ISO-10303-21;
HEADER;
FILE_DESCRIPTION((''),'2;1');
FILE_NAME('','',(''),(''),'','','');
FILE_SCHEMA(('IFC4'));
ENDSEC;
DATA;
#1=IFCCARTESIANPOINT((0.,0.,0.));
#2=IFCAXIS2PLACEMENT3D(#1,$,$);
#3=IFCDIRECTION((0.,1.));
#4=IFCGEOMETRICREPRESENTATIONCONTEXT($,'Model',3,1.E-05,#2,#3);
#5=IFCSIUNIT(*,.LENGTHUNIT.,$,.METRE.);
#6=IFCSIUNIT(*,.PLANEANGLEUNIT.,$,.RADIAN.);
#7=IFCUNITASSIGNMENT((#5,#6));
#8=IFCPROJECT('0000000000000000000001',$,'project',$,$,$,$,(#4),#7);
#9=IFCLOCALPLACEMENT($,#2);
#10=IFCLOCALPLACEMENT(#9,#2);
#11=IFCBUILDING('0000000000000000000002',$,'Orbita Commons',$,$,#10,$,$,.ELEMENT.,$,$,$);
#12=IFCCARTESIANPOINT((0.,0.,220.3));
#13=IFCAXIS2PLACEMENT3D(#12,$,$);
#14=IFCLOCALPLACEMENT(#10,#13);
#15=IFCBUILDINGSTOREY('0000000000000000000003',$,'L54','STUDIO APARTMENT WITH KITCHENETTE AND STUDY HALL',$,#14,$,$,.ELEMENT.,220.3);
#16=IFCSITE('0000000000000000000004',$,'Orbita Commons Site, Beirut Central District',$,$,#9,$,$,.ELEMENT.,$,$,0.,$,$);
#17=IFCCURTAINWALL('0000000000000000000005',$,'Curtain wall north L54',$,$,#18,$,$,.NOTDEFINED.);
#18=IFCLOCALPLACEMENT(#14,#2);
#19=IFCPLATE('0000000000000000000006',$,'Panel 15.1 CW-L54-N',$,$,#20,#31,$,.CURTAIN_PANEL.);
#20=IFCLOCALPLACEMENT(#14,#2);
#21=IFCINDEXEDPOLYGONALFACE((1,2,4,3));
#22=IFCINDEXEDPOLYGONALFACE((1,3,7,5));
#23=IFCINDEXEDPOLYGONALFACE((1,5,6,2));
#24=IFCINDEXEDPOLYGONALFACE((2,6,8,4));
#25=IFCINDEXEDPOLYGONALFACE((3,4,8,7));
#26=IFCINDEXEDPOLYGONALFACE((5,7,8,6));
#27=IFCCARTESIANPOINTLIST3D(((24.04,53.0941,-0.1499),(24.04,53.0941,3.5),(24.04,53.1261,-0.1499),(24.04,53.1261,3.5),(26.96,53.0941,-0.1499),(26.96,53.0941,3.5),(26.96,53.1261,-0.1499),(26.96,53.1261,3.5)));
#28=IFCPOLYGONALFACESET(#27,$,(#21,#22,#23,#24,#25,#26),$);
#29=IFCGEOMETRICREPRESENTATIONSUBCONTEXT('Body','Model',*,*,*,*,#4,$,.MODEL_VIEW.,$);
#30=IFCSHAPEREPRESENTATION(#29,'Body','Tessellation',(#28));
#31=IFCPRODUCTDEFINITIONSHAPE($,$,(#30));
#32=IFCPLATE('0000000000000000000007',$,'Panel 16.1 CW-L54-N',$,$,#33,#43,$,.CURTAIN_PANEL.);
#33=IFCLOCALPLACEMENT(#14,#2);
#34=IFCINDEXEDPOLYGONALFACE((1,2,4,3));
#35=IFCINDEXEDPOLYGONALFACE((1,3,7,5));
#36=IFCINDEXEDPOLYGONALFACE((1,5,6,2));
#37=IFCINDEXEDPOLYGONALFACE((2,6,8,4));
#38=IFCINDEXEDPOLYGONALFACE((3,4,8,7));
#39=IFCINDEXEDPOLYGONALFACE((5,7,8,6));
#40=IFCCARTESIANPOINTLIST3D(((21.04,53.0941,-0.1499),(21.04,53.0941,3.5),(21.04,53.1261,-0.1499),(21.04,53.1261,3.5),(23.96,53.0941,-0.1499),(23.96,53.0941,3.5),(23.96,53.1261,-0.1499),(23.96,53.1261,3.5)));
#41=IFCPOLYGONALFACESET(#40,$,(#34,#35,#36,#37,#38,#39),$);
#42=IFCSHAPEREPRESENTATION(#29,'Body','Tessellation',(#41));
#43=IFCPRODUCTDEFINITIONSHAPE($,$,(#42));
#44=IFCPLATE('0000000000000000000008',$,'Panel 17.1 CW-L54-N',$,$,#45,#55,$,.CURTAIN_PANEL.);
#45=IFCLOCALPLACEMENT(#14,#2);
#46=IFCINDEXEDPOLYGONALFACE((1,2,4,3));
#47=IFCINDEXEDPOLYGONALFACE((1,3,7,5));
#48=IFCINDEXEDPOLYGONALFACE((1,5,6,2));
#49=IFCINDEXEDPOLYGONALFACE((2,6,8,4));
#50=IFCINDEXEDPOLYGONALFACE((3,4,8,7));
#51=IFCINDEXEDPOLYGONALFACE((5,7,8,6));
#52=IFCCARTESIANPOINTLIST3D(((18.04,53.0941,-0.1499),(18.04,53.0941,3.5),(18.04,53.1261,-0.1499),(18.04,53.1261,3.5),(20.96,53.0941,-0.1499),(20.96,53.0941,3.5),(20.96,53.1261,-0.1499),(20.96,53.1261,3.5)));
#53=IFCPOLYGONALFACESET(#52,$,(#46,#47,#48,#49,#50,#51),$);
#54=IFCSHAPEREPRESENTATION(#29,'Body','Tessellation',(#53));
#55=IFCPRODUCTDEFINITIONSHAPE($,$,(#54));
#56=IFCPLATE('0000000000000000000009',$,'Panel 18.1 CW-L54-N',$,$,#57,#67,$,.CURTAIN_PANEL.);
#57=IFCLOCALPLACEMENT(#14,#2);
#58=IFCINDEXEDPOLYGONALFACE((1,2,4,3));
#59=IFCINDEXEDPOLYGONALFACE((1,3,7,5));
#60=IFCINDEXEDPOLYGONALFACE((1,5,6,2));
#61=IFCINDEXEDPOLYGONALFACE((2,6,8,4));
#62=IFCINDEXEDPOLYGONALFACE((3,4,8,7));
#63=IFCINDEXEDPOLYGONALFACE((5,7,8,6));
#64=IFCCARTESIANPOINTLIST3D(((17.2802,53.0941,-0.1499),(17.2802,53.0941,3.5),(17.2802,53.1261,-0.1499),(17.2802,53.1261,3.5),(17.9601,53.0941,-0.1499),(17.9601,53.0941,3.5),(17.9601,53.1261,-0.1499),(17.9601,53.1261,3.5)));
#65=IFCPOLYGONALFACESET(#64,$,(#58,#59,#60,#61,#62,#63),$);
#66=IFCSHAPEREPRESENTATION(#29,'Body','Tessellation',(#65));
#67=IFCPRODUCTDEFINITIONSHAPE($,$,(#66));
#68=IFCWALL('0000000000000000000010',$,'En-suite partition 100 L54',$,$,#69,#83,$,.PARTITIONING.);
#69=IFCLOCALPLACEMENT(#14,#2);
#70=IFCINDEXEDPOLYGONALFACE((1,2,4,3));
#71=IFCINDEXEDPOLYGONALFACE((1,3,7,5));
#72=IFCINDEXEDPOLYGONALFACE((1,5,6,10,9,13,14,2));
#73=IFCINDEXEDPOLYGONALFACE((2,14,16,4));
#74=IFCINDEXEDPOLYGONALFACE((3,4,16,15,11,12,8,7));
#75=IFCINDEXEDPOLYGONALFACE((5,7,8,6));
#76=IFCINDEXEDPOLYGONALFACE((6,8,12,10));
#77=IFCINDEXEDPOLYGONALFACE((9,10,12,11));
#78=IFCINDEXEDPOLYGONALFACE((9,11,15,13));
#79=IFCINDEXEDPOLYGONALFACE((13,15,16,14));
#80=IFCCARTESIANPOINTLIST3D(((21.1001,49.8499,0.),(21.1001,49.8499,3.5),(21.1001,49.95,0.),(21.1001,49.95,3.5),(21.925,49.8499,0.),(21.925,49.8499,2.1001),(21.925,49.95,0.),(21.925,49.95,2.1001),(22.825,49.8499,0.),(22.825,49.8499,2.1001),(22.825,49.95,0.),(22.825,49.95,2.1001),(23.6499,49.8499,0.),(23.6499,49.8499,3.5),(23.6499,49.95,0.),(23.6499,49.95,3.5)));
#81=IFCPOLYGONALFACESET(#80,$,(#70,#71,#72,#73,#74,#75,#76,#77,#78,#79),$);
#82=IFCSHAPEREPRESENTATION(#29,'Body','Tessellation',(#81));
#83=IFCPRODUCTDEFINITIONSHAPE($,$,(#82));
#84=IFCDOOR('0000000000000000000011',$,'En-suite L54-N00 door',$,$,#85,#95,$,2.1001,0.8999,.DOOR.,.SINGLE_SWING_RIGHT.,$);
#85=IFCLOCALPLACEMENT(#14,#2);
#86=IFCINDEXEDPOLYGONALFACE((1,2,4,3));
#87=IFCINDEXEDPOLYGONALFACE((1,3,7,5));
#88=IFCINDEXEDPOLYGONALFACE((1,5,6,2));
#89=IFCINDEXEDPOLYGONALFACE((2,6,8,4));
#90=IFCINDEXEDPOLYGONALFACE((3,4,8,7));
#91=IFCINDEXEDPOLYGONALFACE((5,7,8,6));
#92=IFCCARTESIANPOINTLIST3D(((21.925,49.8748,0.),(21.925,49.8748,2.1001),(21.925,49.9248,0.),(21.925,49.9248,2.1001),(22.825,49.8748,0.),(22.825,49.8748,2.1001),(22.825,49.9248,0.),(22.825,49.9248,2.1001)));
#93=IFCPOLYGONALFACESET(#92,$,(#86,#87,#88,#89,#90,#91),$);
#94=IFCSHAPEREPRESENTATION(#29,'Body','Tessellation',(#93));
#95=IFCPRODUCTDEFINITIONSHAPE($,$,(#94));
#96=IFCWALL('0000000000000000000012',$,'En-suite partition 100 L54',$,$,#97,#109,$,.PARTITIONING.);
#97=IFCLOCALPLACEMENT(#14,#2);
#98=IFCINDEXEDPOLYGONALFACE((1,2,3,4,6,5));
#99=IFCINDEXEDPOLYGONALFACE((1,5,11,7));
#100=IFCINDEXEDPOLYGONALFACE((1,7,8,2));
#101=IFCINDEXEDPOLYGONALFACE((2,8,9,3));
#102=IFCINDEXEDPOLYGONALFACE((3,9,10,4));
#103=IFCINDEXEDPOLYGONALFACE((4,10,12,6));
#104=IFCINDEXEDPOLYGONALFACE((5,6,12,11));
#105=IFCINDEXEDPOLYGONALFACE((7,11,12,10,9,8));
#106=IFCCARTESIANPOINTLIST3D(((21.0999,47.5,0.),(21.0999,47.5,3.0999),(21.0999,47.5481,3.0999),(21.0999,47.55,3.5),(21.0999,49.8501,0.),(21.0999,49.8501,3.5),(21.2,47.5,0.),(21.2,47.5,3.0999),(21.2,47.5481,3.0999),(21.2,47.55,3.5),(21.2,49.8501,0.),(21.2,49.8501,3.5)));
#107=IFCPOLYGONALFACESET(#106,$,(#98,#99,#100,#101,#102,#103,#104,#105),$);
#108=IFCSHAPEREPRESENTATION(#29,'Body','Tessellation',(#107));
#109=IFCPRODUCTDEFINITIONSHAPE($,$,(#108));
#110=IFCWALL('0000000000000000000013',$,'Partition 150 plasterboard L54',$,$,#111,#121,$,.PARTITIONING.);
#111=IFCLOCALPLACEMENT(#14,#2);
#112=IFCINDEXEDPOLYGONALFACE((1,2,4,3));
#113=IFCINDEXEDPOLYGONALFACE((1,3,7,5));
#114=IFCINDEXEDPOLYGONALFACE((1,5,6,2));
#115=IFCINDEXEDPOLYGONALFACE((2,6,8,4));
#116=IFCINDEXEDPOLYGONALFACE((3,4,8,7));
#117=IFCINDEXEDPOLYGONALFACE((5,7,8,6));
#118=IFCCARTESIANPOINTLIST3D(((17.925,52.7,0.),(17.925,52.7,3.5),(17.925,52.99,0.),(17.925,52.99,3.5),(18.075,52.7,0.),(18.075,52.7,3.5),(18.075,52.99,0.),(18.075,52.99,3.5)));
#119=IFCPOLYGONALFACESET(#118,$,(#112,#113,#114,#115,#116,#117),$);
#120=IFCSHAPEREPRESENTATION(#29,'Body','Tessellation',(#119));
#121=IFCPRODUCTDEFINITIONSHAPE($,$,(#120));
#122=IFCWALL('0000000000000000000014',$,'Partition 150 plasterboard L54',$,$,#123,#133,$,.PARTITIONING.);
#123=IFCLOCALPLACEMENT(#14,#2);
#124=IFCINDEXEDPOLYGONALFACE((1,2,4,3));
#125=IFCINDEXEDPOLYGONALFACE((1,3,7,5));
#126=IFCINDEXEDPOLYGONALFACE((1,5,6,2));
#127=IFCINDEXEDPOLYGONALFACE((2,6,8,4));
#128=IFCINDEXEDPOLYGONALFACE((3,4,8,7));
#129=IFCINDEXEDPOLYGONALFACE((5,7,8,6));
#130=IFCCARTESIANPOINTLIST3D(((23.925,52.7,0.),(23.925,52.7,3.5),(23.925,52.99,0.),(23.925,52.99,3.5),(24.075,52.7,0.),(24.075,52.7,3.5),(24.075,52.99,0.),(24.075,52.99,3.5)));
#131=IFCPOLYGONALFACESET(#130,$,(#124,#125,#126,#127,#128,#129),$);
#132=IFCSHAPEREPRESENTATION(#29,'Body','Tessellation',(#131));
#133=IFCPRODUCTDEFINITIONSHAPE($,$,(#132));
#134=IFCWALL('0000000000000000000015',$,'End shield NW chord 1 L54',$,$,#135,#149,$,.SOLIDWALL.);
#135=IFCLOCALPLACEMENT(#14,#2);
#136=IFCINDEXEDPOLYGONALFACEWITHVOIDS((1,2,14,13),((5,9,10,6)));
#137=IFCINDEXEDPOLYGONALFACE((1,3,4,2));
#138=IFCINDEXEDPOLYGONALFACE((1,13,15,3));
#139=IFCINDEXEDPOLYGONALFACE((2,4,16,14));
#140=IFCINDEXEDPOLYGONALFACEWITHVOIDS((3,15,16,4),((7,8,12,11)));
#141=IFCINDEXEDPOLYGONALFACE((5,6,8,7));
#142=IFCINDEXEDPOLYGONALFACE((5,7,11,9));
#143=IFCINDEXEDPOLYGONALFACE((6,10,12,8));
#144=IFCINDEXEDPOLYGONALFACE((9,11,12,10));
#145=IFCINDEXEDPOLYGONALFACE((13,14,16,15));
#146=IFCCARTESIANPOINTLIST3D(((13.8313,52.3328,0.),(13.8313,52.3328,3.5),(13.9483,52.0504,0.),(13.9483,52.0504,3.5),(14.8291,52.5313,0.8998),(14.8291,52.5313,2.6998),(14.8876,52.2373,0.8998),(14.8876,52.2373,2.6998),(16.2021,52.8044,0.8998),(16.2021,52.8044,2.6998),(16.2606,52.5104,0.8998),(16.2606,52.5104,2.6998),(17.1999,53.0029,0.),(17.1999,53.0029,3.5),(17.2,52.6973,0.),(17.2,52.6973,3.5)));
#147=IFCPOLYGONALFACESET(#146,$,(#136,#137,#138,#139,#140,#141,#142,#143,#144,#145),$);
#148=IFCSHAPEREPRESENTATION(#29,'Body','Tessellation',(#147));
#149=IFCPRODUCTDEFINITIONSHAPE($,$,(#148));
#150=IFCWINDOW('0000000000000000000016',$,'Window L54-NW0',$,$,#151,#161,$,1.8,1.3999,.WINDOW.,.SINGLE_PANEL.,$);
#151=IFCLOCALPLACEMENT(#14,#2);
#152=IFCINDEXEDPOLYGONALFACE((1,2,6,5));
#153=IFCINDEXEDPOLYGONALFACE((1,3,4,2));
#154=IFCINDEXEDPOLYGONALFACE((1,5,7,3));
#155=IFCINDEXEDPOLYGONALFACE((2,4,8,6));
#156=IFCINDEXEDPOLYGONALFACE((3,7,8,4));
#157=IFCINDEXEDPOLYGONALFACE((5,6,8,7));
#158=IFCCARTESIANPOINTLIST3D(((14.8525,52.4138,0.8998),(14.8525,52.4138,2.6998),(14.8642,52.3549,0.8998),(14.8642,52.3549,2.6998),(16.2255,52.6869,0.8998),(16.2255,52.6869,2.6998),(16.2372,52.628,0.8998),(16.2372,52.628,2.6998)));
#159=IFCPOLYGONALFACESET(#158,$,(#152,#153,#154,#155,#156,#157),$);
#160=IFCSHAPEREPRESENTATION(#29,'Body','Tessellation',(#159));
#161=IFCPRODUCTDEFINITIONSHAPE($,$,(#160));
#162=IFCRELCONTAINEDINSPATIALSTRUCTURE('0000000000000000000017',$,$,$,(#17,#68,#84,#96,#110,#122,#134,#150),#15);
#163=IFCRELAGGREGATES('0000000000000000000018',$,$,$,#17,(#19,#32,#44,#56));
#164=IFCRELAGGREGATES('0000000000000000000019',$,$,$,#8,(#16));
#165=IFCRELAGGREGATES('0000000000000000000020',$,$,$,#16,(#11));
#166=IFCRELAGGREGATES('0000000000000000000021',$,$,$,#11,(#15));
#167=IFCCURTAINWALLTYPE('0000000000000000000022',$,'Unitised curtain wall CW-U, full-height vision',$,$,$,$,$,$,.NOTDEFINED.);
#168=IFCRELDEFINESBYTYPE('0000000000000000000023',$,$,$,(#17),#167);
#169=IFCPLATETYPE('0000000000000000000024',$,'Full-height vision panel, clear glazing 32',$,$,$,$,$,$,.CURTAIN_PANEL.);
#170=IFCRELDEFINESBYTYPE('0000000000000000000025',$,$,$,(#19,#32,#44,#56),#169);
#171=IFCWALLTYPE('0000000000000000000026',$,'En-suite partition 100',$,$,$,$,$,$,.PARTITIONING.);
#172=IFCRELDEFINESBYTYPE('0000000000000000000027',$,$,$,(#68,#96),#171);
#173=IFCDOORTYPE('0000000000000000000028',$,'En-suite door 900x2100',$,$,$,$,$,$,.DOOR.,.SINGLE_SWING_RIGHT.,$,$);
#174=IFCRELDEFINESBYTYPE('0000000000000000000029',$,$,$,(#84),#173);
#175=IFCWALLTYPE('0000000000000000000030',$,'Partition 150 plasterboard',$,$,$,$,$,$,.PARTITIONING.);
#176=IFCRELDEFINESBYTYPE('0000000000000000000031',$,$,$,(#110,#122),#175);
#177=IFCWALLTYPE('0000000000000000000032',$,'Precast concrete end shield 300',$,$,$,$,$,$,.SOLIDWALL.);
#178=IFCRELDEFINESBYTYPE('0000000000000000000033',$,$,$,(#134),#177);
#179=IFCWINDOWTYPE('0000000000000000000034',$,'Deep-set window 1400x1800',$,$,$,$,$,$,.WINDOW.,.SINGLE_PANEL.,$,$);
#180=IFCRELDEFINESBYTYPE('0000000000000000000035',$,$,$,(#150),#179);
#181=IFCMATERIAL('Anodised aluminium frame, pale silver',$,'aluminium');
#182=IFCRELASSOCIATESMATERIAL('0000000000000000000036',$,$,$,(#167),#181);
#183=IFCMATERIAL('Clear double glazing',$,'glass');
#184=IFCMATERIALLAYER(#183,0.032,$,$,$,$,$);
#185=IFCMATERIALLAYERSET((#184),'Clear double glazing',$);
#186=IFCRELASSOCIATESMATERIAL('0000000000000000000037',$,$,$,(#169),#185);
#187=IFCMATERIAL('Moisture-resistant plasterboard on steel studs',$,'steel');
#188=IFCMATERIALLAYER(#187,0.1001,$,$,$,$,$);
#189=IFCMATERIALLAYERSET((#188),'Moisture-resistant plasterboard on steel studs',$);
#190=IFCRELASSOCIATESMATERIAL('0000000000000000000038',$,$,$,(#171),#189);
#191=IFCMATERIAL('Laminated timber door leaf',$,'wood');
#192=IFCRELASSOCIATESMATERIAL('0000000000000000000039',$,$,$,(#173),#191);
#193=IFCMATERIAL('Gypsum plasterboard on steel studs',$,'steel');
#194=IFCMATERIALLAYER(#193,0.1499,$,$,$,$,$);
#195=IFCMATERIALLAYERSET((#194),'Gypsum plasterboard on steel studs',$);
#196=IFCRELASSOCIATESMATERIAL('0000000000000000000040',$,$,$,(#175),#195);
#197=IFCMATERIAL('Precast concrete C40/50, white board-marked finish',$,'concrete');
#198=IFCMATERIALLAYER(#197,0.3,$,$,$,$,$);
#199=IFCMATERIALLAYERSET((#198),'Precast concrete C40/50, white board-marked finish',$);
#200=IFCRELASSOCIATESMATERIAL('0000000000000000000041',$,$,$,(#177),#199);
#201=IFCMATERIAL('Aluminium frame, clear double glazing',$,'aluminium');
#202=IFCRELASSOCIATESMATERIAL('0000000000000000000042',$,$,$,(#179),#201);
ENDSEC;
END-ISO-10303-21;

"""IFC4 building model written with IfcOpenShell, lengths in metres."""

from ifc_helpers import new_model, si_unit, direction, frame, frame_2d, origin, origin_2d, place, context, subcontext, project, spatial, polyline, rectangle, outline, extrude, material, layer, layer_set, type_object, element, fill, aggregate, save


model = new_model("IFC4")

# Units and contexts
model_context = context("Model", 3, precision=1e-05, world=origin(), true_north=direction((0.0, 1.0)))
body_context = subcontext(model_context, "Body", "Model", "MODEL_VIEW")
ifc_project = project(units=[si_unit("LENGTHUNIT", "METRE"), si_unit("PLANEANGLEUNIT", "RADIAN")], contexts=[model_context])

# Site, building, storey
site_placement = place(None, origin())
site = spatial("IfcSite", under=ifc_project, at=site_placement, Name="Orbita Commons Site, Beirut Central District", CompositionType="ELEMENT", RefElevation=0.0)
building_placement = place(site_placement, origin())
building = spatial("IfcBuilding", under=site, at=building_placement, Name="Orbita Commons", CompositionType="ELEMENT")
storey_placement = place(building_placement, frame((0.0, 0.0, 220.3)))
storey = spatial("IfcBuildingStorey", under=building, at=storey_placement, Name="L54", Description="STUDIO APARTMENT WITH KITCHENETTE AND STUDY HALL", CompositionType="ELEMENT", Elevation=220.3)

# Curtain wall
ifc_material_1 = material(Name="Anodised aluminium frame, pale silver", Category="aluminium")
curtain_wall_type = type_object("IfcCurtainWallType", Name="Unitised curtain wall CW-U, full-height vision", PredefinedType="NOTDEFINED", material=ifc_material_1)
curtain_wall_placement = place(storey_placement, origin())
curtain_wall = element("IfcCurtainWall", 1, at=curtain_wall_placement, inside=storey, type_object=curtain_wall_type, Name="Curtain wall north L54", PredefinedType="NOTDEFINED")

# Plates
ifc_material_2 = material(Name="Clear double glazing", Category="glass")
ifc_layer_1 = layer(ifc_material_2, 0.032)
ifc_layer_set_1 = layer_set([ifc_layer_1], Name="Clear double glazing")
plate_type = type_object("IfcPlateType", Name="Full-height vision panel, clear glazing 32", PredefinedType="CURTAIN_PANEL", material=ifc_layer_set_1)
plate_1_placement = place(storey_placement, frame((25.5, 53.1101, -0.1499), z_axis=(0.0, 0.0, 1.0), x_axis=(-1.0, 0.0, 0.0)))
plate_1 = element("IfcPlate", 2, at=plate_1_placement, type_object=plate_type, Name="Panel 15.1 CW-L54-N", PredefinedType="CURTAIN_PANEL", context=body_context, shape_type="SweptSolid", body=[
    extrude(rectangle(XDim=2.9199, YDim=0.032, at=origin_2d()), origin(), (0.0, 0.0, 1.0), 3.6499),
])
plate_2_placement = place(storey_placement, frame((22.5, 53.1101, -0.1499), z_axis=(0.0, 0.0, 1.0), x_axis=(-1.0, 0.0, 0.0)))
plate_2 = element("IfcPlate", 3, at=plate_2_placement, type_object=plate_type, Name="Panel 16.1 CW-L54-N", PredefinedType="CURTAIN_PANEL", context=body_context, shape_type="SweptSolid", body=[
    extrude(rectangle(XDim=2.9199, YDim=0.032, at=origin_2d()), origin(), (0.0, 0.0, 1.0), 3.6499),
])
plate_3_placement = place(storey_placement, frame((19.5, 53.1101, -0.1499), z_axis=(0.0, 0.0, 1.0), x_axis=(-1.0, 0.0, 0.0)))
plate_3 = element("IfcPlate", 4, at=plate_3_placement, type_object=plate_type, Name="Panel 17.1 CW-L54-N", PredefinedType="CURTAIN_PANEL", context=body_context, shape_type="SweptSolid", body=[
    extrude(rectangle(XDim=2.9199, YDim=0.032, at=origin_2d()), origin(), (0.0, 0.0, 1.0), 3.6499),
])
plate_4_placement = place(storey_placement, frame((17.6201, 53.1101, -0.1499), z_axis=(0.0, 0.0, 1.0), x_axis=(-1.0, 0.0, 0.0)))
plate_4 = element("IfcPlate", 5, at=plate_4_placement, type_object=plate_type, Name="Panel 18.1 CW-L54-N", PredefinedType="CURTAIN_PANEL", context=body_context, shape_type="SweptSolid", body=[
    extrude(rectangle(XDim=0.6799, YDim=0.032, at=origin_2d()), origin(), (0.0, 0.0, 1.0), 3.6499),
])
aggregate(curtain_wall, [plate_1, plate_2, plate_3, plate_4])

# Wall, opening, door
ifc_material_3 = material(Name="Moisture-resistant plasterboard on steel studs", Category="steel")
ifc_layer_2 = layer(ifc_material_3, 0.1001)
ifc_layer_set_2 = layer_set([ifc_layer_2], Name="Moisture-resistant plasterboard on steel studs")
wall_type_1 = type_object("IfcWallType", Name="En-suite partition 100", PredefinedType="PARTITIONING", material=ifc_layer_set_2)
wall_1_placement = place(storey_placement, frame((21.1001, 49.8999, 0.0), z_axis=(0.0, 0.0, 1.0), x_axis=(1.0, 0.0, 0.0)))
wall_1 = element("IfcWall", 6, at=wall_1_placement, inside=storey, type_object=wall_type_1, Name="En-suite partition 100 L54", PredefinedType="PARTITIONING", context=body_context, shape_type="SweptSolid", body=[
    extrude(rectangle(XDim=2.5498, YDim=0.1001, at=frame_2d((1.2749, 0.0))), origin(), (0.0, 0.0, 1.0), 3.5),
])
opening_1_placement = place(wall_1_placement, frame((0.825, 0.0, 0.0)))
opening_1 = element("IfcOpeningElement", 7, at=opening_1_placement, cuts=wall_1, PredefinedType="OPENING", context=body_context, shape_type="SweptSolid", body=[
    extrude(rectangle(XDim=0.8999, YDim=2.1001, at=frame_2d((0.45, 1.05))), frame((0.0, 0.0601, 0.0), z_axis=(0.0, -1.0, 0.0), x_axis=(1.0, 0.0, 0.0)), (0.0, 0.0, 1.0), 0.1201),
])
ifc_material_4 = material(Name="Laminated timber door leaf", Category="wood")
door_type = type_object("IfcDoorType", Name="En-suite door 900x2100", OperationType="SINGLE_SWING_RIGHT", PredefinedType="DOOR", material=ifc_material_4)
door_placement = place(opening_1_placement, origin())
door = element("IfcDoor", 8, at=door_placement, inside=storey, type_object=door_type, Name="En-suite L54-N00 door", OperationType="SINGLE_SWING_RIGHT", OverallHeight=2.1001, OverallWidth=0.8999, PredefinedType="DOOR", context=body_context, shape_type="SweptSolid", body=[
    extrude(rectangle(XDim=0.8999, YDim=2.1001, at=frame_2d((0.45, 1.05))), frame((0.0, 0.0249, 0.0), z_axis=(0.0, -1.0, 0.0), x_axis=(1.0, 0.0, 0.0)), (0.0, 0.0, 1.0), 0.05),
])
fill(opening_1, door)

# Walls
wall_2_placement = place(storey_placement, frame((21.1499, 49.8501, 0.0), z_axis=(0.0, 0.0, 1.0), x_axis=(0.0, -1.0, 0.0)))
element("IfcWall", 9, at=wall_2_placement, inside=storey, type_object=wall_type_1, Name="En-suite partition 100 L54", PredefinedType="PARTITIONING", context=body_context, shape_type="SweptSolid", body=[
    extrude(outline(polyline([(0.0, 0.0), (2.3501, 0.0), (2.3501, 3.0999), (2.302, 3.0999), (2.3, 3.5), (0.0, 3.5), (0.0, 0.0)])), frame((0.0, 0.05, 0.0), z_axis=(0.0, -1.0, 0.0), x_axis=(1.0, 0.0, 0.0)), (0.0, 0.0, 1.0), 0.1001),
])
ifc_material_5 = material(Name="Gypsum plasterboard on steel studs", Category="steel")
ifc_layer_3 = layer(ifc_material_5, 0.1499)
ifc_layer_set_3 = layer_set([ifc_layer_3], Name="Gypsum plasterboard on steel studs")
wall_type_2 = type_object("IfcWallType", Name="Partition 150 plasterboard", PredefinedType="PARTITIONING", material=ifc_layer_set_3)
for number, where, z_axis, x_axis, name in (
    (10, (18.0, 52.7, 0.0), (0.0, 0.0, 1.0), (0.0, 1.0, 0.0), "Partition 150 plasterboard L54"),
    (11, (24.0, 52.7, 0.0), (0.0, 0.0, 1.0), (0.0, 1.0, 0.0), "Partition 150 plasterboard L54"),
):
    element("IfcWall", number, at=place(storey_placement, frame(where, z_axis=z_axis, x_axis=x_axis)), inside=storey, type_object=wall_type_2, Name=name, PredefinedType="PARTITIONING", context=body_context, shape_type="SweptSolid", body=[
        extrude(rectangle(XDim=0.29, YDim=0.1499, at=frame_2d((0.145, 0.0))), origin(), (0.0, 0.0, 1.0), 3.5),
    ])

# Wall, opening, window
ifc_material_6 = material(Name="Precast concrete C40/50, white board-marked finish", Category="concrete")
ifc_layer_4 = layer(ifc_material_6, 0.3)
ifc_layer_set_4 = layer_set([ifc_layer_4], Name="Precast concrete C40/50, white board-marked finish")
wall_type_3 = type_object("IfcWallType", Name="Precast concrete end shield 300", PredefinedType="SOLIDWALL", material=ifc_layer_set_4)
wall_3_placement = place(storey_placement, frame((17.2, 52.8501, 0.0), z_axis=(0.0, 0.0, 1.0), x_axis=(-0.980783, -0.1951, 0.0)))
wall_3 = element("IfcWall", 12, at=wall_3_placement, inside=storey, type_object=wall_type_3, Name="End shield NW chord 1 L54", PredefinedType="SOLIDWALL", context=body_context, shape_type="SweptSolid", body=[
    extrude(outline(polyline([(-0.0298, -0.1499), (3.4048, -0.1499), (3.3452, 0.1499), (0.0298, 0.1499), (-0.0298, -0.1499)])), origin(), (0.0, 0.0, 1.0), 3.5),
])
opening_2_placement = place(wall_3_placement, frame((0.9875, 0.0, 0.8999)))
opening_2 = element("IfcOpeningElement", 13, at=opening_2_placement, cuts=wall_3, PredefinedType="OPENING", context=body_context, shape_type="SweptSolid", body=[
    extrude(rectangle(XDim=1.3999, YDim=1.8, at=frame_2d((0.7, 0.8999))), frame((0.0, 0.1599, 0.0), z_axis=(0.0, -1.0, 0.0), x_axis=(1.0, 0.0, 0.0)), (0.0, 0.0, 1.0), 0.3201),
])
ifc_material_7 = material(Name="Aluminium frame, clear double glazing", Category="aluminium")
window_type = type_object("IfcWindowType", Name="Deep-set window 1400x1800", PartitioningType="SINGLE_PANEL", PredefinedType="WINDOW", material=ifc_material_7)
window_1_placement = place(opening_2_placement, origin())
window_1 = element("IfcWindow", 14, at=window_1_placement, inside=storey, type_object=window_type, Name="Window L54-NW0", OverallHeight=1.8, OverallWidth=1.3999, PartitioningType="SINGLE_PANEL", PredefinedType="WINDOW", context=body_context, shape_type="SweptSolid", body=[
    extrude(rectangle(XDim=1.3999, YDim=1.8, at=frame_2d((0.7, 0.8999))), frame((0.0, 0.03, 0.0), z_axis=(0.0, -1.0, 0.0), x_axis=(1.0, 0.0, 0.0)), (0.0, 0.0, 1.0), 0.0601),
])
fill(opening_2, window_1)

save(model, "model.ifc")
